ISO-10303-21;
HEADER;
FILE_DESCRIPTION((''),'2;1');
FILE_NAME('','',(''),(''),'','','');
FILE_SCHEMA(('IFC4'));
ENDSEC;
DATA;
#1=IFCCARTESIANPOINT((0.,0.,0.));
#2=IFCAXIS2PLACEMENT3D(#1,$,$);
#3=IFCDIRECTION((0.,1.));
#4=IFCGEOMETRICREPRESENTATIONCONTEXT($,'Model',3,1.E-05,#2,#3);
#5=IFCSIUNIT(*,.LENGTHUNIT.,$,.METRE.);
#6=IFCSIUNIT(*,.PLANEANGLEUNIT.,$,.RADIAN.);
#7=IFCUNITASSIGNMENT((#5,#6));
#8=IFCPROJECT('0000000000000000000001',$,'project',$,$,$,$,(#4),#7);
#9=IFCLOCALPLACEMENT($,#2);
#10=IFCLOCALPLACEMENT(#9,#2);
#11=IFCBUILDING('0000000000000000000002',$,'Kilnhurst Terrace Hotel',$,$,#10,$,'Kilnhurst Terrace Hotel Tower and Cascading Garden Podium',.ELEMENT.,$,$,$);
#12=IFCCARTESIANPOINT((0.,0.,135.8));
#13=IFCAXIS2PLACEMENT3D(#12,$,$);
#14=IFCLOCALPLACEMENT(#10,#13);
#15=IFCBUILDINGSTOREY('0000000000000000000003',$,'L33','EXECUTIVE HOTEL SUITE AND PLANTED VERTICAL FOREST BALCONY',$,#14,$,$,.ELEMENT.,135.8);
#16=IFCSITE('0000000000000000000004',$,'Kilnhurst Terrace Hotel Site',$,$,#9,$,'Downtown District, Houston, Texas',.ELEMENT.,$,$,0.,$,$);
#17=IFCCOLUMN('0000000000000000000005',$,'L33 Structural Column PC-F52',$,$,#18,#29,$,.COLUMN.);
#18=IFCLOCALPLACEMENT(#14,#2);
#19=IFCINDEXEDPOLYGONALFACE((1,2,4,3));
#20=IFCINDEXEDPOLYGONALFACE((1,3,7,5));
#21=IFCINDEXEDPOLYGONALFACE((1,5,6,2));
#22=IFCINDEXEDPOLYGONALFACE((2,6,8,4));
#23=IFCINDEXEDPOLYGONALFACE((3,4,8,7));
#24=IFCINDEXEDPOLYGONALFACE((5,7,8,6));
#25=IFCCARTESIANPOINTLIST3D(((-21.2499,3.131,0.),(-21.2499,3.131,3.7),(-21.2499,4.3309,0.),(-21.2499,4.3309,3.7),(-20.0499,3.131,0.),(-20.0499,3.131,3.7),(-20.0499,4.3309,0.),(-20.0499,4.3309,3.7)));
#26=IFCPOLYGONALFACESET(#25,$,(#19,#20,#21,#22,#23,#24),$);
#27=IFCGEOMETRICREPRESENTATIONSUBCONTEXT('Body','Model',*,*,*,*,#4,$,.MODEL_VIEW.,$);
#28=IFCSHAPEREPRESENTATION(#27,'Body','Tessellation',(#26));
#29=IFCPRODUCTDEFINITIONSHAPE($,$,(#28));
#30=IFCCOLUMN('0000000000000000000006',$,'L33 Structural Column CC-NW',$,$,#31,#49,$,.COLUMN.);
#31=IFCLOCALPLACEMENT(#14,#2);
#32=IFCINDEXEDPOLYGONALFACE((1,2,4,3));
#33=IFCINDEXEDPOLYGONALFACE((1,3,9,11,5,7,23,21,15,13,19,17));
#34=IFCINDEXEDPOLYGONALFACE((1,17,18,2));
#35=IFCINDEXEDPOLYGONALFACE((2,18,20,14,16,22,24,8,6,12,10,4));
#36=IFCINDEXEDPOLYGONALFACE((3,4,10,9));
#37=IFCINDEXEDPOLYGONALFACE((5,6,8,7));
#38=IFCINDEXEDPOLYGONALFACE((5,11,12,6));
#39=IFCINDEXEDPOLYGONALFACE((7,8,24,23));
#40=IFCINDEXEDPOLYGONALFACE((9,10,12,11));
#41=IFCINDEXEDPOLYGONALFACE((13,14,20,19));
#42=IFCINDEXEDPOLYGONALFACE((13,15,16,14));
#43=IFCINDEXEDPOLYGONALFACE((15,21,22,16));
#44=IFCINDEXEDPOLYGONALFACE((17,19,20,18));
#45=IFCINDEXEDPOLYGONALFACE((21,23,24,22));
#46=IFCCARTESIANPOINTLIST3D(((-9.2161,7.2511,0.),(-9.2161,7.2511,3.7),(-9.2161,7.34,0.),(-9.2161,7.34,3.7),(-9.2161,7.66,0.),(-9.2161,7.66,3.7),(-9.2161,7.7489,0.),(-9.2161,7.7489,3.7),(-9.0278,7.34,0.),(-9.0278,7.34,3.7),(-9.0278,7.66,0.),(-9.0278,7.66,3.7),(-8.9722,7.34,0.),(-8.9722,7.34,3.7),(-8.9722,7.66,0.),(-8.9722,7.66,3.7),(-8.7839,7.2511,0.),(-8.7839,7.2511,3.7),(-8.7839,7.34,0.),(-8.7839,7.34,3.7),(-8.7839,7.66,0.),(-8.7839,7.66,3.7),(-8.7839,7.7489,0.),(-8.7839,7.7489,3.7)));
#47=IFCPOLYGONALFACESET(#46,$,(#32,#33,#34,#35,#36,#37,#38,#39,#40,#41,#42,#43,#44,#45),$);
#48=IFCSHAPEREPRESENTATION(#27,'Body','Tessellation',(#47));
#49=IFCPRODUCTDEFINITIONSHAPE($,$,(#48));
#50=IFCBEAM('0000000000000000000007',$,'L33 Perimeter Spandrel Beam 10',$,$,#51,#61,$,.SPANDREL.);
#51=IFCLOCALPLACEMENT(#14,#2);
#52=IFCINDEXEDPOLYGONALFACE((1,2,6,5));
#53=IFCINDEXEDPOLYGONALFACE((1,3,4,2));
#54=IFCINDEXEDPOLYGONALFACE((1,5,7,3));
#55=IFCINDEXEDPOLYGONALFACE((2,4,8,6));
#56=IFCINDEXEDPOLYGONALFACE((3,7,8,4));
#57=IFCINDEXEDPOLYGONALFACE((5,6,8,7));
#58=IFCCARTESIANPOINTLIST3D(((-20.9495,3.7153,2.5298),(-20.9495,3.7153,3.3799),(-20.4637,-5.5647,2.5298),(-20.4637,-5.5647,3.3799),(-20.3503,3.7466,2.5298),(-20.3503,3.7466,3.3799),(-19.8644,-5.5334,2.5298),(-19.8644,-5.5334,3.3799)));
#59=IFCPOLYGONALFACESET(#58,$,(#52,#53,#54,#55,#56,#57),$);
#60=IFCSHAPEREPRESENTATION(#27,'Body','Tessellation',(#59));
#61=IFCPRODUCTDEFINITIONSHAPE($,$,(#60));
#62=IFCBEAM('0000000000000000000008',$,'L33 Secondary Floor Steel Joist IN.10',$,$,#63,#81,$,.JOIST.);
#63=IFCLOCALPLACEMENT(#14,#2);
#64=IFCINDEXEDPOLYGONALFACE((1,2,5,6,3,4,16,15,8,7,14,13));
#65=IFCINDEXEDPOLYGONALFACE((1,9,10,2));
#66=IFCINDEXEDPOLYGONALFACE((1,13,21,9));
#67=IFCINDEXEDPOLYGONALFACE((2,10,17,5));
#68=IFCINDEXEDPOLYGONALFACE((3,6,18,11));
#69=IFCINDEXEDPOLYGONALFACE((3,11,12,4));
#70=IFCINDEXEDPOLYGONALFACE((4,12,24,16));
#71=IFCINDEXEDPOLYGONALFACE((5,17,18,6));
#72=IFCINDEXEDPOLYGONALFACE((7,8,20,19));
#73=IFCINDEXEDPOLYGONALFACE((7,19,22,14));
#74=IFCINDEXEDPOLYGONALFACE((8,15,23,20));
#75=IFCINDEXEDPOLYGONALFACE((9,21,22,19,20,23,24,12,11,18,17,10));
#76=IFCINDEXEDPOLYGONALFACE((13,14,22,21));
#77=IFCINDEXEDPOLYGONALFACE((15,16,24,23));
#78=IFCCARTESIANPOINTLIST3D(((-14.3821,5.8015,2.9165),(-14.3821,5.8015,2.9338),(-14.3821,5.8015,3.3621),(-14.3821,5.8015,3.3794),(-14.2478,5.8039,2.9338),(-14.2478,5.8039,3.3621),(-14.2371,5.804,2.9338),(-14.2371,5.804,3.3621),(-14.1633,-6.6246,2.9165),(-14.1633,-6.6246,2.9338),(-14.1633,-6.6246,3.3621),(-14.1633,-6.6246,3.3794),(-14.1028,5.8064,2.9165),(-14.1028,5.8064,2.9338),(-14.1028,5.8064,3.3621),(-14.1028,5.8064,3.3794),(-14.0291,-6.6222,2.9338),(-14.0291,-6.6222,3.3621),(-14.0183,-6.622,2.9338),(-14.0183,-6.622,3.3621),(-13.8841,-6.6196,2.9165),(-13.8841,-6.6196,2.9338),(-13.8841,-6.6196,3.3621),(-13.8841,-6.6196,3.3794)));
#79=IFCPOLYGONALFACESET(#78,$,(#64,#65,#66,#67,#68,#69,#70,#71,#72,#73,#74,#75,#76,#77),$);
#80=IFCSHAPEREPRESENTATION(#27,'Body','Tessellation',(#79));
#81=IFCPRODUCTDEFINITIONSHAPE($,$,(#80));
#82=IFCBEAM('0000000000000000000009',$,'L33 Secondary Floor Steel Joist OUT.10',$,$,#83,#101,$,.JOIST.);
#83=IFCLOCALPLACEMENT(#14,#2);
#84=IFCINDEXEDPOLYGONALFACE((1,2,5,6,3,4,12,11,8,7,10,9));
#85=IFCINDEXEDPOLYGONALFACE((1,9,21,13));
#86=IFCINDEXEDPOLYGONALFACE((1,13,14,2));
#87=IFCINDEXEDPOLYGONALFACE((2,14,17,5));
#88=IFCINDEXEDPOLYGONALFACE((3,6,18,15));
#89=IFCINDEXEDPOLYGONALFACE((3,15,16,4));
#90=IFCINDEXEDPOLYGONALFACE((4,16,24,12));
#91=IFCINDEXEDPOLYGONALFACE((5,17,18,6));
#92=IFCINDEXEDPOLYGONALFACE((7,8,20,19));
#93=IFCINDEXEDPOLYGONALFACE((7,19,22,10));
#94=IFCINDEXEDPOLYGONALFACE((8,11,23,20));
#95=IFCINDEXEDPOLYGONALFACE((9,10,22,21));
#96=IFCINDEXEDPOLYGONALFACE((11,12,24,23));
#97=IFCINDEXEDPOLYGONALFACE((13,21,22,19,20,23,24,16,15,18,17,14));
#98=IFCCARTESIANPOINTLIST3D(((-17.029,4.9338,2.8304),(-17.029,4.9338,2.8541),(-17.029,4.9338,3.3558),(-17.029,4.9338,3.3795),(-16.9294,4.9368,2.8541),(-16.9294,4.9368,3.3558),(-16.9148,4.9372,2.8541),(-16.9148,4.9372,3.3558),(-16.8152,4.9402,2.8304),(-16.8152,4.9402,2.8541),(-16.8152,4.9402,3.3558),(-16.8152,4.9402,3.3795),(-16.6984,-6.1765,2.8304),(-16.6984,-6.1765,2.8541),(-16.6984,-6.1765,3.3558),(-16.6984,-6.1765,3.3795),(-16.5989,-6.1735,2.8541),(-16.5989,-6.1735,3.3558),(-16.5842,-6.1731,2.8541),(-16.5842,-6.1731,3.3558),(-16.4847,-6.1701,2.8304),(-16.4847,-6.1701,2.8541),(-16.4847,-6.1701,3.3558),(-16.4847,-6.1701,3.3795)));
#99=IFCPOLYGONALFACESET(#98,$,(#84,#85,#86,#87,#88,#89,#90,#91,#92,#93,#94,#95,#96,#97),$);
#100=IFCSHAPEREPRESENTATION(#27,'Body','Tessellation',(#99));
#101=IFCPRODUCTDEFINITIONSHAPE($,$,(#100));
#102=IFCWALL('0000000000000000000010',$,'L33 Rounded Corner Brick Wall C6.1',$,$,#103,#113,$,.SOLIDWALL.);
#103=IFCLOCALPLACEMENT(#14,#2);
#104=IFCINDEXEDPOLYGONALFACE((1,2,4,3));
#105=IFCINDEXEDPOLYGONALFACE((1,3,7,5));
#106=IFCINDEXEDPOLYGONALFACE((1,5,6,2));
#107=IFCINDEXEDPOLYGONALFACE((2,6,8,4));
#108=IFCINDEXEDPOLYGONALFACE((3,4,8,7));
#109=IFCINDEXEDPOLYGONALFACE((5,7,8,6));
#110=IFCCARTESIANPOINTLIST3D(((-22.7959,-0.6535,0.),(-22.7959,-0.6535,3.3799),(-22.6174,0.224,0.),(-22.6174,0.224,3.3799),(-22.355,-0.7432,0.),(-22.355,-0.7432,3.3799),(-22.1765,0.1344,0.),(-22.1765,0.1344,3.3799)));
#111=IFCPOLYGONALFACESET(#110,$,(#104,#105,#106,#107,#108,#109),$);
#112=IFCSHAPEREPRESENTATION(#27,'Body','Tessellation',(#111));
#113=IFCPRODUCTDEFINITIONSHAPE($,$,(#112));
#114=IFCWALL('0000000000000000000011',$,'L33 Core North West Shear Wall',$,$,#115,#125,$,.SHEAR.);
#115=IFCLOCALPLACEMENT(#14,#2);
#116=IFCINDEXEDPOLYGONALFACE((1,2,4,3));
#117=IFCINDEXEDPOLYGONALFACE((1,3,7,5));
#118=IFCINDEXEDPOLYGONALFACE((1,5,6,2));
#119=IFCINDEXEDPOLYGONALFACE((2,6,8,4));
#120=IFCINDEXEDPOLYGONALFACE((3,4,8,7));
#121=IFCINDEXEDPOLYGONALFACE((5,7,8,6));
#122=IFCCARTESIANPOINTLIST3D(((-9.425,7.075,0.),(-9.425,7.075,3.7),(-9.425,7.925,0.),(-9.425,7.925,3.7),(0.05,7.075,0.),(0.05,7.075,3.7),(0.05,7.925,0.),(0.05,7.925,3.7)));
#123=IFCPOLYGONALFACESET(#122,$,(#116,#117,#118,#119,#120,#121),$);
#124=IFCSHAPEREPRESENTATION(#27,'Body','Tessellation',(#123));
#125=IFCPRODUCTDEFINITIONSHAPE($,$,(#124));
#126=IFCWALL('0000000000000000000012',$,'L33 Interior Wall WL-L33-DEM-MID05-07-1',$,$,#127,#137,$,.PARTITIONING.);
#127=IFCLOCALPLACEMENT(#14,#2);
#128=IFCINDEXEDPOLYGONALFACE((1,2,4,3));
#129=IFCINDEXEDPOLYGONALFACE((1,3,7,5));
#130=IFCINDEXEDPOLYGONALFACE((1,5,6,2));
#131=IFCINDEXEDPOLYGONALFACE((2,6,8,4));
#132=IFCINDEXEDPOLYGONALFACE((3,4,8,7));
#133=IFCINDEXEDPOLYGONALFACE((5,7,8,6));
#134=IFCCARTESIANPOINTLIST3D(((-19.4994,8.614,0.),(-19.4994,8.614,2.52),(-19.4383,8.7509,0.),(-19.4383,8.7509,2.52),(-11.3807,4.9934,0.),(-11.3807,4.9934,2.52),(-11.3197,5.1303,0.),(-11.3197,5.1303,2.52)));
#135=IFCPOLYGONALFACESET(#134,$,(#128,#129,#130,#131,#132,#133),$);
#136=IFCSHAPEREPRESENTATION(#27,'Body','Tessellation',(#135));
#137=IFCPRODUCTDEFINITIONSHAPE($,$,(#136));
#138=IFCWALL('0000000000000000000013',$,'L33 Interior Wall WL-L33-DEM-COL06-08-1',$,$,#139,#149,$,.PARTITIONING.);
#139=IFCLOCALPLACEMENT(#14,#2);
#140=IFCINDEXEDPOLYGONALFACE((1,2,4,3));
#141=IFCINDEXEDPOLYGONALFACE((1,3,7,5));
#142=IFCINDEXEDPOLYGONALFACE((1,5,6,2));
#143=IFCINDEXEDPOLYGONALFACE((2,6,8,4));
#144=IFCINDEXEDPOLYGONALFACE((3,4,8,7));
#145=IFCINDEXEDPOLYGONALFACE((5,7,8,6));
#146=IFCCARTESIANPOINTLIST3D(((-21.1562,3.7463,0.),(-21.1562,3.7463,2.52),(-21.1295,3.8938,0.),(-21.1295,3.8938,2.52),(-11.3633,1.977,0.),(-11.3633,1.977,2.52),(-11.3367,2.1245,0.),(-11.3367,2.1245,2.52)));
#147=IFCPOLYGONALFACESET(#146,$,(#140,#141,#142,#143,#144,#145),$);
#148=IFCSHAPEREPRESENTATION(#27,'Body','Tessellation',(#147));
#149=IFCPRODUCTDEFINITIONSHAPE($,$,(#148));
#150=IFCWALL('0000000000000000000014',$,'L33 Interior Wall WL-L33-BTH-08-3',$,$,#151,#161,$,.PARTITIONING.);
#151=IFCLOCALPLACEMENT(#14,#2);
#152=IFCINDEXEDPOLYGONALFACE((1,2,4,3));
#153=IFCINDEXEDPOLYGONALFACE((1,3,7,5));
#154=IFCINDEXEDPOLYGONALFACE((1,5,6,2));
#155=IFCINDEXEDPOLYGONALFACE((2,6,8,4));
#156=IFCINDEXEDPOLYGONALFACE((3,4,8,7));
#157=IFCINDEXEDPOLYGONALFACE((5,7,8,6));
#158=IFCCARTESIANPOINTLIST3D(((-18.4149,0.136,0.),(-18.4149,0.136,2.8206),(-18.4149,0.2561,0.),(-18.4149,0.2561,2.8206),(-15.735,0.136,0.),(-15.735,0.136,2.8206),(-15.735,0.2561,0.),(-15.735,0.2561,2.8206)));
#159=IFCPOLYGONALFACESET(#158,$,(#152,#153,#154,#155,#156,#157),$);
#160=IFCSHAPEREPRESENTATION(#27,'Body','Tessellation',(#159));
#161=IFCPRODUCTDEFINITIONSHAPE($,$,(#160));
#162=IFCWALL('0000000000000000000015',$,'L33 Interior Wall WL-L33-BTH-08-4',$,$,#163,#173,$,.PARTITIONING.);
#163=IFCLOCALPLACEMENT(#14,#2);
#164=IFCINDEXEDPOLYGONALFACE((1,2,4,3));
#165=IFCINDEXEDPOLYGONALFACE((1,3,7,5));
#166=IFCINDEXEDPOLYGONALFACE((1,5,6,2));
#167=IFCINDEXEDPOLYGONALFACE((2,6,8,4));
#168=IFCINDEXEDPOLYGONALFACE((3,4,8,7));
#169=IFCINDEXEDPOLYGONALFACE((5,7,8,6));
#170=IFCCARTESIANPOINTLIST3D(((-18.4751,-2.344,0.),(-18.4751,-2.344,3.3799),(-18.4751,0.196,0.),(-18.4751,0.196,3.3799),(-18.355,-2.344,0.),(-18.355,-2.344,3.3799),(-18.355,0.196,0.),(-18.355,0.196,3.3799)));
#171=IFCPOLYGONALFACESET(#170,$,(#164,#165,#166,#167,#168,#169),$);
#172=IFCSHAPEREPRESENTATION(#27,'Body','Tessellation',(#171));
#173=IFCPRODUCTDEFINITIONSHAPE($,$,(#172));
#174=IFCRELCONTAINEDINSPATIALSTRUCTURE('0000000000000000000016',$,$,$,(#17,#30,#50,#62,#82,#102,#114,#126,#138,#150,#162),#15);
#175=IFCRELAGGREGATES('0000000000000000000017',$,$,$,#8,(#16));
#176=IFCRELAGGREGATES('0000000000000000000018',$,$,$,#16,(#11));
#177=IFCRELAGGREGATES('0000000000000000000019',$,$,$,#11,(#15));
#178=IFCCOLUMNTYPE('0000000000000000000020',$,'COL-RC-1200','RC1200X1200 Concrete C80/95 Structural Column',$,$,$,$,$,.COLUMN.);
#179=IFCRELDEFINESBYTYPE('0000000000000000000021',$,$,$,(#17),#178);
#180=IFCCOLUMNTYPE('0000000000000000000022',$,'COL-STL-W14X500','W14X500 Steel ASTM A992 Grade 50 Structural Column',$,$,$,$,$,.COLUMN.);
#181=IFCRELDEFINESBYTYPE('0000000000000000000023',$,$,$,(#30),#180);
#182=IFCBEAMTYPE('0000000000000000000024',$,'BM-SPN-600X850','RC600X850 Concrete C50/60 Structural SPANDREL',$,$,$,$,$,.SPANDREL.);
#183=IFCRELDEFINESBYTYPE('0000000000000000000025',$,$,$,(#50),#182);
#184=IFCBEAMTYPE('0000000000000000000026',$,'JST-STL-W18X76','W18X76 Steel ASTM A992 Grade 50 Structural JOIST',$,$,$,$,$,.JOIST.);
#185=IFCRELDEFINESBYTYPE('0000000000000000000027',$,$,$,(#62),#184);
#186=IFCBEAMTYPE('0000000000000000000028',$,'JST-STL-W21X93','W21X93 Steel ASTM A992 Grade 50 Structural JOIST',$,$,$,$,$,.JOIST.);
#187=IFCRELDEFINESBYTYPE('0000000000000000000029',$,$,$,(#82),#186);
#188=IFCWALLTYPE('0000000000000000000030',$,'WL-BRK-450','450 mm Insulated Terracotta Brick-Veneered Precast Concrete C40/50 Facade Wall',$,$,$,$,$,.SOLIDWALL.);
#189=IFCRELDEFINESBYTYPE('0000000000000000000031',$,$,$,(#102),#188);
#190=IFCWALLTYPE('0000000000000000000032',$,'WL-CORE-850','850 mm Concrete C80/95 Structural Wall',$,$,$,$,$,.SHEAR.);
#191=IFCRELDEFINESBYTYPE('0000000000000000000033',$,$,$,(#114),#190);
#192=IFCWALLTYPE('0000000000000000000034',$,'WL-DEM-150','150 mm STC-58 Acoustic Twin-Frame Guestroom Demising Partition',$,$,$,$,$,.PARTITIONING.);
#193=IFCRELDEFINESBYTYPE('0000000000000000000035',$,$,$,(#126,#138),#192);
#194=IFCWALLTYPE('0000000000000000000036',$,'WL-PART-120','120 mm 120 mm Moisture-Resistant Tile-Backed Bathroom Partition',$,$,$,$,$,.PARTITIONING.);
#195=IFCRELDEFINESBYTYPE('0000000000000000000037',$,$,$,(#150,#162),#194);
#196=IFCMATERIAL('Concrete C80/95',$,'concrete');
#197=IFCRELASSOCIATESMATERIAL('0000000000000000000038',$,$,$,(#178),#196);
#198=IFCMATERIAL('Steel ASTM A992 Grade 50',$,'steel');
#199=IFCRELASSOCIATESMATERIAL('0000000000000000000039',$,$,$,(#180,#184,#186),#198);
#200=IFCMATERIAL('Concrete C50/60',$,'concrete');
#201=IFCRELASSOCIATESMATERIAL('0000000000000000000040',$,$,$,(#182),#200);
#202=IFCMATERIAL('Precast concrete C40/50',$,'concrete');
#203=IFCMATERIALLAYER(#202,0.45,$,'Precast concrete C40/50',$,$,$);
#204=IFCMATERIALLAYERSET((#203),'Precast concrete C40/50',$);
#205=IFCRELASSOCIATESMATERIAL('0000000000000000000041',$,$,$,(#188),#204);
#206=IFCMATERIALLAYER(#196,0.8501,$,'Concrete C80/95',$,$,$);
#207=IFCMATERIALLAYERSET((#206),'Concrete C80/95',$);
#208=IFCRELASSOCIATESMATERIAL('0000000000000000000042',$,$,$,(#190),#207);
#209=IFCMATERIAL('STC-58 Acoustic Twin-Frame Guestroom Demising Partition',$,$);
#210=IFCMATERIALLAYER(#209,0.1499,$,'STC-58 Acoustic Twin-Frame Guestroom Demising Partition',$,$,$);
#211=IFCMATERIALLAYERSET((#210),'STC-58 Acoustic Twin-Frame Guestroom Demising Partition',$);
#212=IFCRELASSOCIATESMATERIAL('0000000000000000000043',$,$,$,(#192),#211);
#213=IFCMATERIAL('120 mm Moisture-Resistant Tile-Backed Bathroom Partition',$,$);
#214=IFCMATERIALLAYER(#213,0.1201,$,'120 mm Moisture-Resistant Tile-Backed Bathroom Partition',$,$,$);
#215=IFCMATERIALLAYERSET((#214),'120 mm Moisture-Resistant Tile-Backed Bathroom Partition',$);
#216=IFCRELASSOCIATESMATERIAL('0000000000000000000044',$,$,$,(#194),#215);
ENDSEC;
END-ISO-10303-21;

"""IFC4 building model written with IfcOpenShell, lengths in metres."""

from ifc_helpers import new_model, si_unit, direction, frame, frame_2d, origin, origin_2d, place, context, subcontext, project, spatial, rectangle, i_section, extrude, material, layer, layer_set, material_profile, profile_set, type_object, element, save


model = new_model("IFC4")

# Units and contexts
model_context = context("Model", 3, precision=1e-05, world=origin(), true_north=direction((0.0, 1.0)))
body_context = subcontext(model_context, "Body", "Model", "MODEL_VIEW")
ifc_project = project(units=[si_unit("LENGTHUNIT", "METRE"), si_unit("PLANEANGLEUNIT", "RADIAN")], contexts=[model_context])

# Site, building, storey
site_placement = place(None, origin())
site = spatial("IfcSite", under=ifc_project, at=site_placement, Name="Kilnhurst Terrace Hotel Site", LongName="Downtown District, Houston, Texas", CompositionType="ELEMENT", RefElevation=0.0)
building_placement = place(site_placement, origin())
building = spatial("IfcBuilding", under=site, at=building_placement, Name="Kilnhurst Terrace Hotel", LongName="Kilnhurst Terrace Hotel Tower and Cascading Garden Podium", CompositionType="ELEMENT")
storey_placement = place(building_placement, frame((0.0, 0.0, 135.8)))
storey = spatial("IfcBuildingStorey", under=building, at=storey_placement, Name="L33", Description="EXECUTIVE HOTEL SUITE AND PLANTED VERTICAL FOREST BALCONY", CompositionType="ELEMENT", Elevation=135.8)

# Columns
ifc_material_1 = material(Name="Concrete C80/95", Category="concrete")
ifc_material_profile_1 = material_profile(ifc_material_1, rectangle(XDim=1.2, YDim=1.2, at=origin_2d()), Name="RC1200X1200")
ifc_profile_set_1 = profile_set([ifc_material_profile_1], Name="Concrete C80/95")
column_type_1 = type_object("IfcColumnType", Name="COL-RC-1200", Description="RC1200X1200 Concrete C80/95 Structural Column", PredefinedType="COLUMN", material=ifc_profile_set_1)
column_1_placement = place(storey_placement, frame((-20.6499, 3.731, 0.0), z_axis=(0.0, 0.0, 1.0), x_axis=(1.0, 0.0, 0.0)))
element("IfcColumn", 1, at=column_1_placement, inside=storey, type_object=column_type_1, Name="L33 Structural Column PC-F52", PredefinedType="COLUMN", context=body_context, shape_type="SweptSolid", body=[
    extrude(rectangle(XDim=1.2, YDim=1.2, at=origin_2d()), origin(), (0.0, 0.0, 1.0), 3.7),
])
ifc_material_2 = material(Name="Steel ASTM A992 Grade 50", Category="steel")
ifc_material_profile_2 = material_profile(ifc_material_2, i_section(OverallWidth=0.4321, OverallDepth=0.4978, WebThickness=0.0557, FlangeThickness=0.0889, at=origin_2d()), Name="W14X500")
ifc_profile_set_2 = profile_set([ifc_material_profile_2], Name="Steel ASTM A992 Grade 50")
column_type_2 = type_object("IfcColumnType", Name="COL-STL-W14X500", Description="W14X500 Steel ASTM A992 Grade 50 Structural Column", PredefinedType="COLUMN", material=ifc_profile_set_2)
column_2_placement = place(storey_placement, frame((-9.0, 7.5, 0.0), z_axis=(0.0, 0.0, 1.0), x_axis=(1.0, 0.0, 0.0)))
element("IfcColumn", 2, at=column_2_placement, inside=storey, type_object=column_type_2, Name="L33 Structural Column CC-NW", PredefinedType="COLUMN", context=body_context, shape_type="SweptSolid", body=[
    extrude(i_section(OverallWidth=0.4321, OverallDepth=0.4978, WebThickness=0.0557, FlangeThickness=0.0889, at=origin_2d()), origin(), (0.0, 0.0, 1.0), 3.7),
])

# Beams
ifc_material_3 = material(Name="Concrete C50/60", Category="concrete")
ifc_material_profile_3 = material_profile(ifc_material_3, rectangle(XDim=0.6001, YDim=0.8501, at=origin_2d()), Name="RC600X850")
ifc_profile_set_3 = profile_set([ifc_material_profile_3], Name="Concrete C50/60")
beam_type_1 = type_object("IfcBeamType", Name="BM-SPN-600X850", Description="RC600X850 Concrete C50/60 Structural SPANDREL", PredefinedType="SPANDREL", material=ifc_profile_set_3)
beam_1_placement = place(storey_placement, frame((-20.6499, 3.731, 2.9548), z_axis=(0.052282, -0.998632, 0.0), x_axis=(0.998632, 0.052282, 0.0)))
element("IfcBeam", 3, at=beam_1_placement, inside=storey, type_object=beam_type_1, Name="L33 Perimeter Spandrel Beam 10", PredefinedType="SPANDREL", context=body_context, shape_type="SweptSolid", body=[
    extrude(rectangle(XDim=0.6001, YDim=0.8501, at=origin_2d()), origin(), (0.0, 0.0, 1.0), 9.2927),
])
ifc_material_profile_4 = material_profile(ifc_material_2, i_section(OverallWidth=0.2793, OverallDepth=0.4629, WebThickness=0.0107, FlangeThickness=0.0173, at=origin_2d()), Name="W18X76")
ifc_profile_set_4 = profile_set([ifc_material_profile_4], Name="Steel ASTM A992 Grade 50")
beam_type_2 = type_object("IfcBeamType", Name="JST-STL-W18X76", Description="W18X76 Steel ASTM A992 Grade 50 Structural JOIST", PredefinedType="JOIST", material=ifc_profile_set_4)
beam_2_placement = place(storey_placement, frame((-14.2424, 5.804, 3.1479), z_axis=(0.017601, -0.999845, 0.0), x_axis=(0.999845, 0.017601, 0.0)))
element("IfcBeam", 4, at=beam_2_placement, inside=storey, type_object=beam_type_2, Name="L33 Secondary Floor Steel Joist IN.10", PredefinedType="JOIST", context=body_context, shape_type="SweptSolid", body=[
    extrude(i_section(OverallWidth=0.2793, OverallDepth=0.4629, WebThickness=0.0107, FlangeThickness=0.0173, at=origin_2d()), origin(), (0.0, 0.0, 1.0), 12.428),
])
ifc_material_profile_5 = material_profile(ifc_material_2, i_section(OverallWidth=0.2139, OverallDepth=0.5491, WebThickness=0.0146, FlangeThickness=0.0237, at=origin_2d()), Name="W21X93")
ifc_profile_set_5 = profile_set([ifc_material_profile_5], Name="Steel ASTM A992 Grade 50")
beam_type_3 = type_object("IfcBeamType", Name="JST-STL-W21X93", Description="W21X93 Steel ASTM A992 Grade 50 Structural JOIST", PredefinedType="JOIST", material=ifc_profile_set_5)
beam_3_placement = place(storey_placement, frame((-16.9221, 4.937, 3.105), z_axis=(0.02974, -0.999558, 0.0), x_axis=(0.999558, 0.02974, 0.0)))
element("IfcBeam", 5, at=beam_3_placement, inside=storey, type_object=beam_type_3, Name="L33 Secondary Floor Steel Joist OUT.10", PredefinedType="JOIST", context=body_context, shape_type="SweptSolid", body=[
    extrude(i_section(OverallWidth=0.2139, OverallDepth=0.5491, WebThickness=0.0146, FlangeThickness=0.0237, at=origin_2d()), origin(), (0.0, 0.0, 1.0), 11.1152),
])

# Walls
ifc_material_4 = material(Name="Precast concrete C40/50", Category="concrete")
ifc_layer_1 = layer(ifc_material_4, 0.45, Name="Precast concrete C40/50")
ifc_layer_set_1 = layer_set([ifc_layer_1], Name="Precast concrete C40/50")
wall_type_1 = type_object("IfcWallType", Name="WL-BRK-450", Description="450 mm Insulated Terracotta Brick-Veneered Precast Concrete C40/50 Facade Wall", PredefinedType="SOLIDWALL", material=ifc_layer_set_1)
wall_1_placement = place(storey_placement, frame((-22.397, 0.1792, 0.0), z_axis=(0.0, 0.0, 1.0), x_axis=(-0.199314, -0.979936, 0.0)))
element("IfcWall", 6, at=wall_1_placement, inside=storey, type_object=wall_type_1, Name="L33 Rounded Corner Brick Wall C6.1", PredefinedType="SOLIDWALL", context=body_context, shape_type="SweptSolid", body=[
    extrude(rectangle(XDim=0.8955, YDim=0.45, at=frame_2d((0.4478, 0.0))), origin(), (0.0, 0.0, 1.0), 3.3799),
])
ifc_layer_2 = layer(ifc_material_1, 0.8501, Name="Concrete C80/95")
ifc_layer_set_2 = layer_set([ifc_layer_2], Name="Concrete C80/95")
wall_type_2 = type_object("IfcWallType", Name="WL-CORE-850", Description="850 mm Concrete C80/95 Structural Wall", PredefinedType="SHEAR", material=ifc_layer_set_2)
wall_2_placement = place(storey_placement, frame((-9.425, 7.5, 0.0), z_axis=(0.0, 0.0, 1.0), x_axis=(1.0, 0.0, 0.0)))
element("IfcWall", 7, at=wall_2_placement, inside=storey, type_object=wall_type_2, Name="L33 Core North West Shear Wall", PredefinedType="SHEAR", context=body_context, shape_type="SweptSolid", body=[
    extrude(rectangle(XDim=9.4751, YDim=0.8501, at=frame_2d((4.7375, 0.0))), origin(), (0.0, 0.0, 1.0), 3.7),
])
ifc_material_5 = material(Name="STC-58 Acoustic Twin-Frame Guestroom Demising Partition")
ifc_layer_3 = layer(ifc_material_5, 0.1499, Name="STC-58 Acoustic Twin-Frame Guestroom Demising Partition")
ifc_layer_set_3 = layer_set([ifc_layer_3], Name="STC-58 Acoustic Twin-Frame Guestroom Demising Partition")
wall_type_3 = type_object("IfcWallType", Name="WL-DEM-150", Description="150 mm STC-58 Acoustic Twin-Frame Guestroom Demising Partition", PredefinedType="PARTITIONING", material=ifc_layer_set_3)
wall_3_placement = place(storey_placement, frame((-11.3501, 5.0618, 0.0), z_axis=(0.0, 0.0, 1.0), x_axis=(-0.913297, 0.407295, 0.0)))
element("IfcWall", 8, at=wall_3_placement, inside=storey, type_object=wall_type_3, Name="L33 Interior Wall WL-L33-DEM-MID05-07-1", PredefinedType="PARTITIONING", context=body_context, shape_type="SweptSolid", body=[
    extrude(rectangle(XDim=8.8894, YDim=0.1499, at=frame_2d((4.4448, 0.0))), origin(), (0.0, 0.0, 1.0), 2.52),
])
wall_4_placement = place(storey_placement, frame((-11.3501, 2.0508, 0.0), z_axis=(0.0, 0.0, 1.0), x_axis=(-0.984068, 0.177791, 0.0)))
element("IfcWall", 9, at=wall_4_placement, inside=storey, type_object=wall_type_3, Name="L33 Interior Wall WL-L33-DEM-COL06-08-1", PredefinedType="PARTITIONING", context=body_context, shape_type="SweptSolid", body=[
    extrude(rectangle(XDim=9.9514, YDim=0.1499, at=frame_2d((4.9756, 0.0))), origin(), (0.0, 0.0, 1.0), 2.52),
])
ifc_material_6 = material(Name="120 mm Moisture-Resistant Tile-Backed Bathroom Partition")
ifc_layer_4 = layer(ifc_material_6, 0.1201, Name="120 mm Moisture-Resistant Tile-Backed Bathroom Partition")
ifc_layer_set_4 = layer_set([ifc_layer_4], Name="120 mm Moisture-Resistant Tile-Backed Bathroom Partition")
wall_type_4 = type_object("IfcWallType", Name="WL-PART-120", Description="120 mm 120 mm Moisture-Resistant Tile-Backed Bathroom Partition", PredefinedType="PARTITIONING", material=ifc_layer_set_4)
wall_5_placement = place(storey_placement, frame((-15.7351, 0.196, 0.0), z_axis=(0.0, 0.0, 1.0), x_axis=(-1.0, 0.0, 0.0)))
element("IfcWall", 10, at=wall_5_placement, inside=storey, type_object=wall_type_4, Name="L33 Interior Wall WL-L33-BTH-08-3", PredefinedType="PARTITIONING", context=body_context, shape_type="SweptSolid", body=[
    extrude(rectangle(XDim=2.6799, YDim=0.1201, at=frame_2d((1.3398, 0.0))), origin(), (0.0, 0.0, 1.0), 2.8206),
])
wall_6_placement = place(storey_placement, frame((-18.415, 0.196, 0.0), z_axis=(0.0, 0.0, 1.0), x_axis=(0.0, -1.0, 0.0)))
element("IfcWall", 11, at=wall_6_placement, inside=storey, type_object=wall_type_4, Name="L33 Interior Wall WL-L33-BTH-08-4", PredefinedType="PARTITIONING", context=body_context, shape_type="SweptSolid", body=[
    extrude(rectangle(XDim=2.54, YDim=0.1201, at=frame_2d((1.27, 0.0))), origin(), (0.0, 0.0, 1.0), 3.3799),
])

save(model, "model.ifc")
